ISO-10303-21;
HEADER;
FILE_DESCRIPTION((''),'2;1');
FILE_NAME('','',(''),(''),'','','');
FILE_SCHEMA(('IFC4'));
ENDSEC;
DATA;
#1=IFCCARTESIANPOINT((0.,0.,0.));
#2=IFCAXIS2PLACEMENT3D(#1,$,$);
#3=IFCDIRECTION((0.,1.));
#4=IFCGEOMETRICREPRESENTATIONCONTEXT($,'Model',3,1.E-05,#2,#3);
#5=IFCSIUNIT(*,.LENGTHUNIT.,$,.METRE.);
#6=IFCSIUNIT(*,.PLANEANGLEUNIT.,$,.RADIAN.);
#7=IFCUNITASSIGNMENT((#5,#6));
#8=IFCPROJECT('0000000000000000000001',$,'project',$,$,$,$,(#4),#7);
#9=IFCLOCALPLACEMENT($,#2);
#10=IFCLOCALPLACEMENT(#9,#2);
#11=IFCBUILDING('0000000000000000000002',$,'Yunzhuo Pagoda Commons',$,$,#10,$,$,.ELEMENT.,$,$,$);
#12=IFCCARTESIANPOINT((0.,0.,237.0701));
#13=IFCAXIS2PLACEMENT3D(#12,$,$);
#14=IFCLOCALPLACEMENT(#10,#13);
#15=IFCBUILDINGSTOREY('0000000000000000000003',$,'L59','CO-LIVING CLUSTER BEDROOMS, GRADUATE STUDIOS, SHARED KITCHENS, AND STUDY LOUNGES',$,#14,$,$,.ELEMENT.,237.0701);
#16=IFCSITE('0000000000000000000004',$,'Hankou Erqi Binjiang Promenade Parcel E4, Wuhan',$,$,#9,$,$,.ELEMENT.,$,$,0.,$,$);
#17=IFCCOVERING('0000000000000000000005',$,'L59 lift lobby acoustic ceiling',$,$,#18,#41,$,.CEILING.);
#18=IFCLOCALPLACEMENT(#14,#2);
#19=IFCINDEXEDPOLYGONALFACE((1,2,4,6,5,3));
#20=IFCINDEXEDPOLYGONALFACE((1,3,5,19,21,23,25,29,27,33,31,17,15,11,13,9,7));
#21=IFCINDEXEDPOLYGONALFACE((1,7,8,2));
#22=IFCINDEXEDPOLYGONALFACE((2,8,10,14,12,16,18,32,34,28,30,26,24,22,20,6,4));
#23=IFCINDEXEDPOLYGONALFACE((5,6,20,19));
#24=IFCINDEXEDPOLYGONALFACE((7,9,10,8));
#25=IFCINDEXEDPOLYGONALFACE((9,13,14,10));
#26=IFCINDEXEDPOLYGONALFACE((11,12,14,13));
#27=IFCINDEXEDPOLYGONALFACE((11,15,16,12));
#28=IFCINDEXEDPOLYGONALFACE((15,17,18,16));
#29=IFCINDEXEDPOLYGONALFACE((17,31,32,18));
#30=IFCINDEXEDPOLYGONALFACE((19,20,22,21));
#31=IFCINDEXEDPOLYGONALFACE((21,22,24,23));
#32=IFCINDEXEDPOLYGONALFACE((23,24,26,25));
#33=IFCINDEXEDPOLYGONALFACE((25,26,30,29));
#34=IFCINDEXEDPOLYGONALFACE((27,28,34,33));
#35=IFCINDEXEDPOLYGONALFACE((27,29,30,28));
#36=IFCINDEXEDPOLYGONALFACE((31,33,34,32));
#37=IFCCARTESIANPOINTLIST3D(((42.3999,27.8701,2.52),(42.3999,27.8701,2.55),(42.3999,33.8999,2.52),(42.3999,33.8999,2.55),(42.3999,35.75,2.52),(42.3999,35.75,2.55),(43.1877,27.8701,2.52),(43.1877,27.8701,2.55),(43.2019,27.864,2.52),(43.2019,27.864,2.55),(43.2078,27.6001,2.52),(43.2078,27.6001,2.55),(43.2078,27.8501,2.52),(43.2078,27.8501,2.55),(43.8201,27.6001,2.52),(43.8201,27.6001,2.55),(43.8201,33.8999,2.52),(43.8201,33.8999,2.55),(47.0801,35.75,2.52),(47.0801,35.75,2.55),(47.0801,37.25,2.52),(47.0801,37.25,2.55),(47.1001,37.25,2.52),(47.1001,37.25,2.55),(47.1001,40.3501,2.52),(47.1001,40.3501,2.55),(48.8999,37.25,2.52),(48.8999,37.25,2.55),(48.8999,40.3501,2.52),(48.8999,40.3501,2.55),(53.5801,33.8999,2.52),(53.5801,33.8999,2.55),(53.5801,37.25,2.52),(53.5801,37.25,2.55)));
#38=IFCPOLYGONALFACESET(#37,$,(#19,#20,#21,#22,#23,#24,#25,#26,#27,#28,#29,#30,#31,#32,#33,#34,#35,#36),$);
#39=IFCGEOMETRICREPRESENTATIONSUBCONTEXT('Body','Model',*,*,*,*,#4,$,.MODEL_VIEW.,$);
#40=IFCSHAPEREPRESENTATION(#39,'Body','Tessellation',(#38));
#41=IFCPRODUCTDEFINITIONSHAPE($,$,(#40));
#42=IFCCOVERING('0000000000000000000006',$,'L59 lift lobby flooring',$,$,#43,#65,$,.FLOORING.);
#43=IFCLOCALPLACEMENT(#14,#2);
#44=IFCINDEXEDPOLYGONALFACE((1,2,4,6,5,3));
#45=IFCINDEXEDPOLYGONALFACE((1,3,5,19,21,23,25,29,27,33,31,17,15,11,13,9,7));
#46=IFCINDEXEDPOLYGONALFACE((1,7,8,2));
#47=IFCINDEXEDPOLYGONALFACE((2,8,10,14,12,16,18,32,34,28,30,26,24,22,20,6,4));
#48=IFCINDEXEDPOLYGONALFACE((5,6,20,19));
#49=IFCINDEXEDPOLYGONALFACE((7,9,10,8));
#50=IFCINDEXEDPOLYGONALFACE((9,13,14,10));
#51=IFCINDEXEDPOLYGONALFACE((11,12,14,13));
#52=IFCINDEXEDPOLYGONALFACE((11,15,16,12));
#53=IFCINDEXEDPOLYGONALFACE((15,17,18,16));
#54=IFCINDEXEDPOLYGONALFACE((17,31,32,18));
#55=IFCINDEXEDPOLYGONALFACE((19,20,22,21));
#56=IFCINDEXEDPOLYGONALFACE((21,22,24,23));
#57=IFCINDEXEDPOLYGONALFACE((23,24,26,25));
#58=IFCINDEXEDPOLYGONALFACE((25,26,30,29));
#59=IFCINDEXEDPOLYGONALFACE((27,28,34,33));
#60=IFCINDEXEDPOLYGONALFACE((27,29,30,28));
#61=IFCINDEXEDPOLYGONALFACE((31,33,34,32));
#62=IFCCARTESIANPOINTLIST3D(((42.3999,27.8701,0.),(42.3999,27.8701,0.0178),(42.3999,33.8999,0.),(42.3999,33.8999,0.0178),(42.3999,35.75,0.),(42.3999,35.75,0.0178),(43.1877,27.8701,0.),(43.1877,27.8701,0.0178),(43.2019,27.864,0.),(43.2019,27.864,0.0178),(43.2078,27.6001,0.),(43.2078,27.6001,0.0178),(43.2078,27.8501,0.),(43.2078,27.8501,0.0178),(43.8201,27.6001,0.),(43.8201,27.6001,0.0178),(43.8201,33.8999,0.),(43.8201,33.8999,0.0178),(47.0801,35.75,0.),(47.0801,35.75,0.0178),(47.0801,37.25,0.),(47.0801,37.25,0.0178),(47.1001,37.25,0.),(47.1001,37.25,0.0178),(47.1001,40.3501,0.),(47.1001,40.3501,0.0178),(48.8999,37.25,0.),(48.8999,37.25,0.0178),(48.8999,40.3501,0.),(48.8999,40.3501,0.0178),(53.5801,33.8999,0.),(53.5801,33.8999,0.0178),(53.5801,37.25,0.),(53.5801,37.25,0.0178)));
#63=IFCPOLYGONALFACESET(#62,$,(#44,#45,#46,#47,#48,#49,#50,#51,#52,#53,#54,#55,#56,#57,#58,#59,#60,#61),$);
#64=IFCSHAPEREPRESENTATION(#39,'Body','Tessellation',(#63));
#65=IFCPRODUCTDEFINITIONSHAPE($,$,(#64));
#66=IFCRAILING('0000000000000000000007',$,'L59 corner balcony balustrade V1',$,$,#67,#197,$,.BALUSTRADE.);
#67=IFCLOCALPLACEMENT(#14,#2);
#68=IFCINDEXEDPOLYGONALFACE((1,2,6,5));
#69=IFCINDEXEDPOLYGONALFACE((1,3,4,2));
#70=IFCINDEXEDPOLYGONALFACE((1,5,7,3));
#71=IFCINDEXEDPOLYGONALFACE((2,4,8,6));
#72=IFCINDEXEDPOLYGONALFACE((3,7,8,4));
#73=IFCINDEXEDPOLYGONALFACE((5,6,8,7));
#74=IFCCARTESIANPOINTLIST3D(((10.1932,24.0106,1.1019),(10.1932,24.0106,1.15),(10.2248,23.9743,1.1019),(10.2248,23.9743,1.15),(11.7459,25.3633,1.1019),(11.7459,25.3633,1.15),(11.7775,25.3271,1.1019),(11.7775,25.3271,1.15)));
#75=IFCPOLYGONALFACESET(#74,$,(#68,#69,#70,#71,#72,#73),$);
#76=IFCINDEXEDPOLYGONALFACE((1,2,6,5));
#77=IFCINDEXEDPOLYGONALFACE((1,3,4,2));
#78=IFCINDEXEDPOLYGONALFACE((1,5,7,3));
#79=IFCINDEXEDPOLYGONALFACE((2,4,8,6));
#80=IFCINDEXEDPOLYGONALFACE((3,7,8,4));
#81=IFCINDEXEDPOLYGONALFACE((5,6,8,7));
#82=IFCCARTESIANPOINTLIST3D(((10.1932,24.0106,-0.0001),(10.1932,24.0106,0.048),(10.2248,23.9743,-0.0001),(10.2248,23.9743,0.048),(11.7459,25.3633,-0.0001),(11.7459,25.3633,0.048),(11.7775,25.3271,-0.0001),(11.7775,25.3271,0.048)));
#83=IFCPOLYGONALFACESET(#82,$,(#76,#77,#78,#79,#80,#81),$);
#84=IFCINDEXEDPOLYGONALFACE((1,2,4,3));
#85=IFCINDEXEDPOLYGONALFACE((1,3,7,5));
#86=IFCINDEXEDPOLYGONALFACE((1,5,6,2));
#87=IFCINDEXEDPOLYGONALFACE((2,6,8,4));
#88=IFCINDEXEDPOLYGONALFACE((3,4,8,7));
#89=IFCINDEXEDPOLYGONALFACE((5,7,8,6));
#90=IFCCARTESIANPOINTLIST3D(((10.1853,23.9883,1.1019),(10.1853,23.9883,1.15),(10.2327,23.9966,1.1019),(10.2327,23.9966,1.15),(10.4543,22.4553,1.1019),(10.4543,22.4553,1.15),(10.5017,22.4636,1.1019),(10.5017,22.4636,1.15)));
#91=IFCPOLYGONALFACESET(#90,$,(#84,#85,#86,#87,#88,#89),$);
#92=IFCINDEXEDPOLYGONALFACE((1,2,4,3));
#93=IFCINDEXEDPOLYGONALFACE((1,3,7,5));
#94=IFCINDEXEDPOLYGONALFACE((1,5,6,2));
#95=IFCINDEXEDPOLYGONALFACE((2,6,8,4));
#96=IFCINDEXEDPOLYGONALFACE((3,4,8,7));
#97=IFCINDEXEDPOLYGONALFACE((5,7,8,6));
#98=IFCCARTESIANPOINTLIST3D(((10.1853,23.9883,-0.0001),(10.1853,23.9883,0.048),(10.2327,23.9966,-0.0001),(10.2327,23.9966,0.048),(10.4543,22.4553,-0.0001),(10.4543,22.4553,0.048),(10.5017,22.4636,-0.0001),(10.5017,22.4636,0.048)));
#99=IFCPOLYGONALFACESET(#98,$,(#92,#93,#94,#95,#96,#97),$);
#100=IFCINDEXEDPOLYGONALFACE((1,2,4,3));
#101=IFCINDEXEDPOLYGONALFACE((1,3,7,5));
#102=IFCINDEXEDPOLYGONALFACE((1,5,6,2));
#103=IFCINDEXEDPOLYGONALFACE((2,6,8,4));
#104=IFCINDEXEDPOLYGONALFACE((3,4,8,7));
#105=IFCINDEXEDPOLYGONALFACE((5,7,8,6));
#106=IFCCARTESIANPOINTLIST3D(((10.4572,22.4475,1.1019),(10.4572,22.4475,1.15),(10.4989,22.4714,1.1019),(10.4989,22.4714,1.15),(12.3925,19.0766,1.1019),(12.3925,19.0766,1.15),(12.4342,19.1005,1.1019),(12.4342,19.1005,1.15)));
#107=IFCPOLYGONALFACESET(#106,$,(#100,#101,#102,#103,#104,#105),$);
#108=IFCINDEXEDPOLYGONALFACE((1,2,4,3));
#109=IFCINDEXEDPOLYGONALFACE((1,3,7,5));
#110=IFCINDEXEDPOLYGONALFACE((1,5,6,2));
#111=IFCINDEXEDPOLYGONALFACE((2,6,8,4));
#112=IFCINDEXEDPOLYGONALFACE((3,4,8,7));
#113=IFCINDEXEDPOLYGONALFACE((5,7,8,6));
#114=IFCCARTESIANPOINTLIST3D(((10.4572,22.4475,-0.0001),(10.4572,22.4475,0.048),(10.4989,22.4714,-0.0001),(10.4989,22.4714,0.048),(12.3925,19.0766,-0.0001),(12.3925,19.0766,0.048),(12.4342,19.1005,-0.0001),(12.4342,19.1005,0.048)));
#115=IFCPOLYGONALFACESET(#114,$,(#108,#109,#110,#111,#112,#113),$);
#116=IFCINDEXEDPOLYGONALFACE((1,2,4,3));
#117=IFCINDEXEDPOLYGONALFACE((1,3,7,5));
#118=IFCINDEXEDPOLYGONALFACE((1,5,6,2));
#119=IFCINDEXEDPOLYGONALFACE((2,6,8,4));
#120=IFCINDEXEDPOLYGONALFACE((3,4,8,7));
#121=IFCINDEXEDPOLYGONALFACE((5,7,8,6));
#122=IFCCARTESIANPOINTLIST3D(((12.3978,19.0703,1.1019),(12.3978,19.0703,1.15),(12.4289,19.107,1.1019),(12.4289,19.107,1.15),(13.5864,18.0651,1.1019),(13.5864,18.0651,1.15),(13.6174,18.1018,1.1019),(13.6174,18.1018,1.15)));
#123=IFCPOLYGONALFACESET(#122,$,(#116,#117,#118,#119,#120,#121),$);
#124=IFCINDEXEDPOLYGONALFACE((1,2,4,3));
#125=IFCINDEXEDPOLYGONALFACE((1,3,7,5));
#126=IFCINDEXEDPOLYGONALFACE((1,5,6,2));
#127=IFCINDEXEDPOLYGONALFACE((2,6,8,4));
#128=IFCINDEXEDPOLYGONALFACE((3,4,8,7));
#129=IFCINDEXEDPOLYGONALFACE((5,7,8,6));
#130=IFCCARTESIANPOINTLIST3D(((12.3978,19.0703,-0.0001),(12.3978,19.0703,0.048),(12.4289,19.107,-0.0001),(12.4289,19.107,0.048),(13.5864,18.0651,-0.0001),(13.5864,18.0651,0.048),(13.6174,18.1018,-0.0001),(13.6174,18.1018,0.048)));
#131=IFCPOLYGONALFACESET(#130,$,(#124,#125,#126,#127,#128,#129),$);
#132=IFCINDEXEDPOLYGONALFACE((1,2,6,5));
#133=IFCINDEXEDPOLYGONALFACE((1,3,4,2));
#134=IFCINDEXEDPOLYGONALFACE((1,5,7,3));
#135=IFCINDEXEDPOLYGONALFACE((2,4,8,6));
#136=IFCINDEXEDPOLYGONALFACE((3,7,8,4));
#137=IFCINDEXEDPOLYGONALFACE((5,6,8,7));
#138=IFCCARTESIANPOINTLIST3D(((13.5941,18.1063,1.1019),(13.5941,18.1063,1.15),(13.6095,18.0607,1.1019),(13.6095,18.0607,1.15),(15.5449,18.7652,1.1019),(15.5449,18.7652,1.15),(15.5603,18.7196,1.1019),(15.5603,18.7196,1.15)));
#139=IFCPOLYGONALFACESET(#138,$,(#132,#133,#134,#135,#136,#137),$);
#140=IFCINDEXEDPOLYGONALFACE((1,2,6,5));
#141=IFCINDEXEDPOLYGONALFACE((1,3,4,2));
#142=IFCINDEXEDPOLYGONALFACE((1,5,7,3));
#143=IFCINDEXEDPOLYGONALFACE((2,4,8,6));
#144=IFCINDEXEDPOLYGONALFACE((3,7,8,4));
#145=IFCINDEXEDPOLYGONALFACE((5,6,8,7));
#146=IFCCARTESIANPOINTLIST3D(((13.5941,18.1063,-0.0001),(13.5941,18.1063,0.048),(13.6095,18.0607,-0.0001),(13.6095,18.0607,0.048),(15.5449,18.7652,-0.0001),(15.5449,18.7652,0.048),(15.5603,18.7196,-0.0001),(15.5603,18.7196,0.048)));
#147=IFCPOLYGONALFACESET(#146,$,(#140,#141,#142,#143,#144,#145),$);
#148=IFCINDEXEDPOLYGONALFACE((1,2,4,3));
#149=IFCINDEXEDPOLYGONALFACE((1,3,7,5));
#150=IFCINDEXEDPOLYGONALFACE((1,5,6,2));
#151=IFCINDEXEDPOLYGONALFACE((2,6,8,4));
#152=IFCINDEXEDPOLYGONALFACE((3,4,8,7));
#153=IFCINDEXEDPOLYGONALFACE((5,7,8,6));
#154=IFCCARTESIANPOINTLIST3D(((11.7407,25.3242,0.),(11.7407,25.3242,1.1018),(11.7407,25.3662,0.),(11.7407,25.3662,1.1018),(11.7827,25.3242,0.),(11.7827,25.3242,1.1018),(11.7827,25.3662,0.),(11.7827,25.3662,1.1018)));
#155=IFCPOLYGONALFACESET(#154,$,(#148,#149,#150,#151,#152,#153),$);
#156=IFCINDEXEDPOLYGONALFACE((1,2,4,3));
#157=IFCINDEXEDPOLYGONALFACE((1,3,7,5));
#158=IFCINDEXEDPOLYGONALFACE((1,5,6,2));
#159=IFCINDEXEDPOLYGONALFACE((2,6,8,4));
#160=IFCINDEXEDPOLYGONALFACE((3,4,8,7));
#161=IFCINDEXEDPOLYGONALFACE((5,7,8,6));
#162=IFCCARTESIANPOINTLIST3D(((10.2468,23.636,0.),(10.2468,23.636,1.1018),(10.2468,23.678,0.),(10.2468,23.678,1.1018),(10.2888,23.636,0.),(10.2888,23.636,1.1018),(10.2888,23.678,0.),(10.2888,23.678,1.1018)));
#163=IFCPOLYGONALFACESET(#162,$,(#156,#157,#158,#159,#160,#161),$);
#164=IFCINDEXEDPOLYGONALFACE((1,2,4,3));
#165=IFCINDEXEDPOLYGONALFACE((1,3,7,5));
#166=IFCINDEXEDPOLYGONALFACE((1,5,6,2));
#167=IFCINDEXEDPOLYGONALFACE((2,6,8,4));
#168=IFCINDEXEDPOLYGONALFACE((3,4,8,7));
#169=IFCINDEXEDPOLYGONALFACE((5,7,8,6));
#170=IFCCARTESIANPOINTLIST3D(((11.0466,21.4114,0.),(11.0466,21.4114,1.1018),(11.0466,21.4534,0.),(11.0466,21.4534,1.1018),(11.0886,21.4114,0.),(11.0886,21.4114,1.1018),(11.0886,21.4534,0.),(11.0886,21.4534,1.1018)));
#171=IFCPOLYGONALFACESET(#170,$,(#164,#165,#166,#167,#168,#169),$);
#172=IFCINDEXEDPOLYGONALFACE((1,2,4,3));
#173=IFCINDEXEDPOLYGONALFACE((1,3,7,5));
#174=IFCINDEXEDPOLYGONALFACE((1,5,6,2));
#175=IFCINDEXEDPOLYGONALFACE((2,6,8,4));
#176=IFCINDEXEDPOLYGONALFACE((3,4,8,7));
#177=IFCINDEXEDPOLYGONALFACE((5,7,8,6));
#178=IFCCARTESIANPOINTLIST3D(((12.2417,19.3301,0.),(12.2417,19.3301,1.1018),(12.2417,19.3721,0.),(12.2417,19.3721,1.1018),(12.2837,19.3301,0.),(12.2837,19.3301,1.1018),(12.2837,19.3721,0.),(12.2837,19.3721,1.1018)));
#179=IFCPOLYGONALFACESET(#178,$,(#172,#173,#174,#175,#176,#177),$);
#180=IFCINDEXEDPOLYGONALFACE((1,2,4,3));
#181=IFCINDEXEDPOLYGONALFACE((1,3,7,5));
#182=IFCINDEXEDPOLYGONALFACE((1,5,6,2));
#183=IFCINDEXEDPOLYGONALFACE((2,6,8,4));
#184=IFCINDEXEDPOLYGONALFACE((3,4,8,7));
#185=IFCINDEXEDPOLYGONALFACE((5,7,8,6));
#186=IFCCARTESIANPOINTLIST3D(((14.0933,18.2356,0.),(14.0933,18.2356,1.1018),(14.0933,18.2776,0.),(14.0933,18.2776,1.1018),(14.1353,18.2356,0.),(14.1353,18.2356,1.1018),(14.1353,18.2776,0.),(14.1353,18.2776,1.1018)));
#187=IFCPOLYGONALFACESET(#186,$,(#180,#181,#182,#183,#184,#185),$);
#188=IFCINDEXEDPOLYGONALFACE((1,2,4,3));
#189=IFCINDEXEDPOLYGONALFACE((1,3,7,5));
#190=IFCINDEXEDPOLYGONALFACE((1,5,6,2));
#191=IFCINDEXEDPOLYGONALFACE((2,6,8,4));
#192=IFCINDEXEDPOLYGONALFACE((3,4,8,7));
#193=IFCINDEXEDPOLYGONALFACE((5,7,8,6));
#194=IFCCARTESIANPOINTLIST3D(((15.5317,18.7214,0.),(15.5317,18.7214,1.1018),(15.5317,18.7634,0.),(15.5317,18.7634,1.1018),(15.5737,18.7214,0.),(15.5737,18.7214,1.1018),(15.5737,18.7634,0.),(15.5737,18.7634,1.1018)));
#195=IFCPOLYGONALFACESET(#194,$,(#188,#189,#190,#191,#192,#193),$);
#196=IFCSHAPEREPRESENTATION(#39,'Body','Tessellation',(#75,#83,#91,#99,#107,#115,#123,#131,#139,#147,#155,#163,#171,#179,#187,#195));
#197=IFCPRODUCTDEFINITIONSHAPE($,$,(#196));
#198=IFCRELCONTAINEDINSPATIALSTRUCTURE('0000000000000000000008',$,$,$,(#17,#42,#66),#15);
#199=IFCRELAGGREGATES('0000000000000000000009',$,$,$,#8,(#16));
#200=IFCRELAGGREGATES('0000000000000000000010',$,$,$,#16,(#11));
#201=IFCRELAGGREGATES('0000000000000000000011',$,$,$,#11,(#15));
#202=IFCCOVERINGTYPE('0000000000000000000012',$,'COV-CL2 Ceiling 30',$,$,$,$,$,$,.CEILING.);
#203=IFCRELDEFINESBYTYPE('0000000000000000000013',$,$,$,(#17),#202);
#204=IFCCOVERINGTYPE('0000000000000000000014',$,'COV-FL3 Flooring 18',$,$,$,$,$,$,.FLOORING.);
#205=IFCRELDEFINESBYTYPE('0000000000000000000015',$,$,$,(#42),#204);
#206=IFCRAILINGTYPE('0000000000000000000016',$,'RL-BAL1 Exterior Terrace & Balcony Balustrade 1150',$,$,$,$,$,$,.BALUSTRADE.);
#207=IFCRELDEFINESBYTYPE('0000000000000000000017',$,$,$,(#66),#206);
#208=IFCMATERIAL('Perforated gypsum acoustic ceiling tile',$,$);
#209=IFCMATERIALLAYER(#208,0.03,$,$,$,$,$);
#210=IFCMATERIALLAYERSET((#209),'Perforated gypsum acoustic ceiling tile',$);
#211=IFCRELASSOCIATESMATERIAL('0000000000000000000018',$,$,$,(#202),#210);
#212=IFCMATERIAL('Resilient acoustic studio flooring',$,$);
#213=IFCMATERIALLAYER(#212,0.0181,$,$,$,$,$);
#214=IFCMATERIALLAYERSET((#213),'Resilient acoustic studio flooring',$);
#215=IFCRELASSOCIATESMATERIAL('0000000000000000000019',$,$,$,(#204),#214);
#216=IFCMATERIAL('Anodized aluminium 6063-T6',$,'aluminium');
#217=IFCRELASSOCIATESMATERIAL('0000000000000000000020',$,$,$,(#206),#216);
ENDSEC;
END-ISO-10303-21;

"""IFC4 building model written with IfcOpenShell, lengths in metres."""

from ifc_helpers import new_model, si_unit, direction, frame, origin, origin_2d, place, context, subcontext, project, spatial, polyline, rectangle, outline, extrude, material, layer, layer_set, type_object, element, save


model = new_model("IFC4")

# Units and contexts
model_context = context("Model", 3, precision=1e-05, world=origin(), true_north=direction((0.0, 1.0)))
body_context = subcontext(model_context, "Body", "Model", "MODEL_VIEW")
ifc_project = project(units=[si_unit("LENGTHUNIT", "METRE"), si_unit("PLANEANGLEUNIT", "RADIAN")], contexts=[model_context])

# Site, building, storey
site_placement = place(None, origin())
site = spatial("IfcSite", under=ifc_project, at=site_placement, Name="Hankou Erqi Binjiang Promenade Parcel E4, Wuhan", CompositionType="ELEMENT", RefElevation=0.0)
building_placement = place(site_placement, origin())
building = spatial("IfcBuilding", under=site, at=building_placement, Name="Yunzhuo Pagoda Commons", CompositionType="ELEMENT")
storey_placement = place(building_placement, frame((0.0, 0.0, 237.0701)))
storey = spatial("IfcBuildingStorey", under=building, at=storey_placement, Name="L59", Description="CO-LIVING CLUSTER BEDROOMS, GRADUATE STUDIOS, SHARED KITCHENS, AND STUDY LOUNGES", CompositionType="ELEMENT", Elevation=237.0701)

# Shared definitions
ifc_material_1 = material(Name="Anodized aluminium 6063-T6", Category="aluminium")

# Coverings
ifc_material_2 = material(Name="Perforated gypsum acoustic ceiling tile")
ifc_layer_1 = layer(ifc_material_2, 0.03)
ifc_layer_set_1 = layer_set([ifc_layer_1], Name="Perforated gypsum acoustic ceiling tile")
covering_type_1 = type_object("IfcCoveringType", Name="COV-CL2 Ceiling 30", PredefinedType="CEILING", material=ifc_layer_set_1)
covering_1_placement = place(storey_placement, frame((0.0, 0.0, 2.52)))
element("IfcCovering", 1, at=covering_1_placement, inside=storey, type_object=covering_type_1, Name="L59 lift lobby acoustic ceiling", PredefinedType="CEILING", context=body_context, shape_type="SweptSolid", body=[
    extrude(outline(polyline([(42.3999, 35.75), (47.0801, 35.75), (47.0801, 37.25), (47.1001, 37.25), (47.1001, 40.3501), (48.8999, 40.3501), (48.8999, 37.25), (53.5801, 37.25), (53.5801, 33.8999), (43.8201, 33.8999), (43.8201, 27.6001), (43.2078, 27.6001), (43.2078, 27.8501), (43.2019, 27.864), (43.1877, 27.8701), (42.3999, 27.8701), (42.3999, 33.8999), (42.3999, 35.75)])), origin(), (0.0, 0.0, 1.0), 0.03),
])
ifc_material_3 = material(Name="Resilient acoustic studio flooring")
ifc_layer_2 = layer(ifc_material_3, 0.0181)
ifc_layer_set_2 = layer_set([ifc_layer_2], Name="Resilient acoustic studio flooring")
covering_type_2 = type_object("IfcCoveringType", Name="COV-FL3 Flooring 18", PredefinedType="FLOORING", material=ifc_layer_set_2)
covering_2_placement = place(storey_placement, origin())
element("IfcCovering", 2, at=covering_2_placement, inside=storey, type_object=covering_type_2, Name="L59 lift lobby flooring", PredefinedType="FLOORING", context=body_context, shape_type="SweptSolid", body=[
    extrude(outline(polyline([(42.3999, 35.75), (47.0801, 35.75), (47.0801, 37.25), (47.1001, 37.25), (47.1001, 40.3501), (48.8999, 40.3501), (48.8999, 37.25), (53.5801, 37.25), (53.5801, 33.8999), (43.8201, 33.8999), (43.8201, 27.6001), (43.2078, 27.6001), (43.2078, 27.8501), (43.2019, 27.864), (43.1877, 27.8701), (42.3999, 27.8701), (42.3999, 33.8999), (42.3999, 35.75)])), origin(), (0.0, 0.0, 1.0), 0.0178),
])

# Railing
railing_type = type_object("IfcRailingType", Name="RL-BAL1 Exterior Terrace & Balcony Balustrade 1150", PredefinedType="BALUSTRADE", material=ifc_material_1)
railing_placement = place(storey_placement, frame((11.7617, 25.3452, 0.0)))
element("IfcRailing", 3, at=railing_placement, inside=storey, type_object=railing_type, Name="L59 corner balcony balustrade V1", PredefinedType="BALUSTRADE", context=body_context, shape_type="SweptSolid", body=[
    extrude(rectangle(XDim=0.0481, YDim=0.0481, at=origin_2d()), frame((0.0, 0.0, 1.126), z_axis=(-0.753985, -0.656892, 0.0), x_axis=(0.656892, -0.753985, 0.0)), (0.0, 0.0, 1.0), 2.0593),
    extrude(rectangle(XDim=0.0481, YDim=0.0481, at=origin_2d()), frame((0.0, 0.0, 0.0239), z_axis=(-0.753985, -0.656892, 0.0), x_axis=(0.656892, -0.753985, 0.0)), (0.0, 0.0, 1.0), 2.0593),
    extrude(rectangle(XDim=0.0481, YDim=0.0481, at=origin_2d()), frame((-1.5527, -1.3528, 1.126), z_axis=(0.172864, -0.984946, 0.0), x_axis=(0.984946, 0.172864, 0.0)), (0.0, 0.0, 1.0), 1.5564),
    extrude(rectangle(XDim=0.0481, YDim=0.0481, at=origin_2d()), frame((-1.5527, -1.3528, 0.0239), z_axis=(0.172864, -0.984946, 0.0), x_axis=(0.984946, 0.172864, 0.0)), (0.0, 0.0, 1.0), 1.5564),
    extrude(rectangle(XDim=0.0481, YDim=0.0481, at=origin_2d()), frame((-1.2837, -2.8857, 1.126), z_axis=(0.497903, -0.867233, 0.0), x_axis=(0.867233, 0.497903, 0.0)), (0.0, 0.0, 1.0), 3.887),
    extrude(rectangle(XDim=0.0481, YDim=0.0481, at=origin_2d()), frame((-1.2837, -2.8857, 0.0239), z_axis=(0.497903, -0.867233, 0.0), x_axis=(0.867233, 0.497903, 0.0)), (0.0, 0.0, 1.0), 3.887),
    extrude(rectangle(XDim=0.0481, YDim=0.0481, at=origin_2d()), frame((0.6516, -6.2566, 1.126), z_axis=(0.763547, -0.645752, 0.0), x_axis=(0.645752, 0.763547, 0.0)), (0.0, 0.0, 1.0), 1.5566),
    extrude(rectangle(XDim=0.0481, YDim=0.0481, at=origin_2d()), frame((0.6516, -6.2566, 0.0239), z_axis=(0.763547, -0.645752, 0.0), x_axis=(0.645752, 0.763547, 0.0)), (0.0, 0.0, 1.0), 1.5566),
    extrude(rectangle(XDim=0.0481, YDim=0.0481, at=origin_2d()), frame((1.8401, -7.2617, 1.126), z_axis=(0.947419, 0.319996, 0.0), x_axis=(-0.319996, 0.947419, 0.0)), (0.0, 0.0, 1.0), 2.0591),
    extrude(rectangle(XDim=0.0481, YDim=0.0481, at=origin_2d()), frame((1.8401, -7.2617, 0.0239), z_axis=(0.947419, 0.319996, 0.0), x_axis=(-0.319996, 0.947419, 0.0)), (0.0, 0.0, 1.0), 2.0591),
    extrude(rectangle(XDim=0.042, YDim=0.042, at=origin_2d()), origin(), (0.0, 0.0, 1.0), 1.1018),
    extrude(rectangle(XDim=0.042, YDim=0.042, at=origin_2d()), frame((-1.4939, -1.6882, 0.0)), (0.0, 0.0, 1.0), 1.1018),
    extrude(rectangle(XDim=0.042, YDim=0.042, at=origin_2d()), frame((-0.6941, -3.9128, 0.0)), (0.0, 0.0, 1.0), 1.1018),
    extrude(rectangle(XDim=0.042, YDim=0.042, at=origin_2d()), frame((0.501, -5.9941, 0.0)), (0.0, 0.0, 1.0), 1.1018),
    extrude(rectangle(XDim=0.042, YDim=0.042, at=origin_2d()), frame((2.3525, -7.0886, 0.0)), (0.0, 0.0, 1.0), 1.1018),
    extrude(rectangle(XDim=0.042, YDim=0.042, at=origin_2d()), frame((3.791, -6.6028, 0.0)), (0.0, 0.0, 1.0), 1.1018),
])

save(model, "model.ifc")
